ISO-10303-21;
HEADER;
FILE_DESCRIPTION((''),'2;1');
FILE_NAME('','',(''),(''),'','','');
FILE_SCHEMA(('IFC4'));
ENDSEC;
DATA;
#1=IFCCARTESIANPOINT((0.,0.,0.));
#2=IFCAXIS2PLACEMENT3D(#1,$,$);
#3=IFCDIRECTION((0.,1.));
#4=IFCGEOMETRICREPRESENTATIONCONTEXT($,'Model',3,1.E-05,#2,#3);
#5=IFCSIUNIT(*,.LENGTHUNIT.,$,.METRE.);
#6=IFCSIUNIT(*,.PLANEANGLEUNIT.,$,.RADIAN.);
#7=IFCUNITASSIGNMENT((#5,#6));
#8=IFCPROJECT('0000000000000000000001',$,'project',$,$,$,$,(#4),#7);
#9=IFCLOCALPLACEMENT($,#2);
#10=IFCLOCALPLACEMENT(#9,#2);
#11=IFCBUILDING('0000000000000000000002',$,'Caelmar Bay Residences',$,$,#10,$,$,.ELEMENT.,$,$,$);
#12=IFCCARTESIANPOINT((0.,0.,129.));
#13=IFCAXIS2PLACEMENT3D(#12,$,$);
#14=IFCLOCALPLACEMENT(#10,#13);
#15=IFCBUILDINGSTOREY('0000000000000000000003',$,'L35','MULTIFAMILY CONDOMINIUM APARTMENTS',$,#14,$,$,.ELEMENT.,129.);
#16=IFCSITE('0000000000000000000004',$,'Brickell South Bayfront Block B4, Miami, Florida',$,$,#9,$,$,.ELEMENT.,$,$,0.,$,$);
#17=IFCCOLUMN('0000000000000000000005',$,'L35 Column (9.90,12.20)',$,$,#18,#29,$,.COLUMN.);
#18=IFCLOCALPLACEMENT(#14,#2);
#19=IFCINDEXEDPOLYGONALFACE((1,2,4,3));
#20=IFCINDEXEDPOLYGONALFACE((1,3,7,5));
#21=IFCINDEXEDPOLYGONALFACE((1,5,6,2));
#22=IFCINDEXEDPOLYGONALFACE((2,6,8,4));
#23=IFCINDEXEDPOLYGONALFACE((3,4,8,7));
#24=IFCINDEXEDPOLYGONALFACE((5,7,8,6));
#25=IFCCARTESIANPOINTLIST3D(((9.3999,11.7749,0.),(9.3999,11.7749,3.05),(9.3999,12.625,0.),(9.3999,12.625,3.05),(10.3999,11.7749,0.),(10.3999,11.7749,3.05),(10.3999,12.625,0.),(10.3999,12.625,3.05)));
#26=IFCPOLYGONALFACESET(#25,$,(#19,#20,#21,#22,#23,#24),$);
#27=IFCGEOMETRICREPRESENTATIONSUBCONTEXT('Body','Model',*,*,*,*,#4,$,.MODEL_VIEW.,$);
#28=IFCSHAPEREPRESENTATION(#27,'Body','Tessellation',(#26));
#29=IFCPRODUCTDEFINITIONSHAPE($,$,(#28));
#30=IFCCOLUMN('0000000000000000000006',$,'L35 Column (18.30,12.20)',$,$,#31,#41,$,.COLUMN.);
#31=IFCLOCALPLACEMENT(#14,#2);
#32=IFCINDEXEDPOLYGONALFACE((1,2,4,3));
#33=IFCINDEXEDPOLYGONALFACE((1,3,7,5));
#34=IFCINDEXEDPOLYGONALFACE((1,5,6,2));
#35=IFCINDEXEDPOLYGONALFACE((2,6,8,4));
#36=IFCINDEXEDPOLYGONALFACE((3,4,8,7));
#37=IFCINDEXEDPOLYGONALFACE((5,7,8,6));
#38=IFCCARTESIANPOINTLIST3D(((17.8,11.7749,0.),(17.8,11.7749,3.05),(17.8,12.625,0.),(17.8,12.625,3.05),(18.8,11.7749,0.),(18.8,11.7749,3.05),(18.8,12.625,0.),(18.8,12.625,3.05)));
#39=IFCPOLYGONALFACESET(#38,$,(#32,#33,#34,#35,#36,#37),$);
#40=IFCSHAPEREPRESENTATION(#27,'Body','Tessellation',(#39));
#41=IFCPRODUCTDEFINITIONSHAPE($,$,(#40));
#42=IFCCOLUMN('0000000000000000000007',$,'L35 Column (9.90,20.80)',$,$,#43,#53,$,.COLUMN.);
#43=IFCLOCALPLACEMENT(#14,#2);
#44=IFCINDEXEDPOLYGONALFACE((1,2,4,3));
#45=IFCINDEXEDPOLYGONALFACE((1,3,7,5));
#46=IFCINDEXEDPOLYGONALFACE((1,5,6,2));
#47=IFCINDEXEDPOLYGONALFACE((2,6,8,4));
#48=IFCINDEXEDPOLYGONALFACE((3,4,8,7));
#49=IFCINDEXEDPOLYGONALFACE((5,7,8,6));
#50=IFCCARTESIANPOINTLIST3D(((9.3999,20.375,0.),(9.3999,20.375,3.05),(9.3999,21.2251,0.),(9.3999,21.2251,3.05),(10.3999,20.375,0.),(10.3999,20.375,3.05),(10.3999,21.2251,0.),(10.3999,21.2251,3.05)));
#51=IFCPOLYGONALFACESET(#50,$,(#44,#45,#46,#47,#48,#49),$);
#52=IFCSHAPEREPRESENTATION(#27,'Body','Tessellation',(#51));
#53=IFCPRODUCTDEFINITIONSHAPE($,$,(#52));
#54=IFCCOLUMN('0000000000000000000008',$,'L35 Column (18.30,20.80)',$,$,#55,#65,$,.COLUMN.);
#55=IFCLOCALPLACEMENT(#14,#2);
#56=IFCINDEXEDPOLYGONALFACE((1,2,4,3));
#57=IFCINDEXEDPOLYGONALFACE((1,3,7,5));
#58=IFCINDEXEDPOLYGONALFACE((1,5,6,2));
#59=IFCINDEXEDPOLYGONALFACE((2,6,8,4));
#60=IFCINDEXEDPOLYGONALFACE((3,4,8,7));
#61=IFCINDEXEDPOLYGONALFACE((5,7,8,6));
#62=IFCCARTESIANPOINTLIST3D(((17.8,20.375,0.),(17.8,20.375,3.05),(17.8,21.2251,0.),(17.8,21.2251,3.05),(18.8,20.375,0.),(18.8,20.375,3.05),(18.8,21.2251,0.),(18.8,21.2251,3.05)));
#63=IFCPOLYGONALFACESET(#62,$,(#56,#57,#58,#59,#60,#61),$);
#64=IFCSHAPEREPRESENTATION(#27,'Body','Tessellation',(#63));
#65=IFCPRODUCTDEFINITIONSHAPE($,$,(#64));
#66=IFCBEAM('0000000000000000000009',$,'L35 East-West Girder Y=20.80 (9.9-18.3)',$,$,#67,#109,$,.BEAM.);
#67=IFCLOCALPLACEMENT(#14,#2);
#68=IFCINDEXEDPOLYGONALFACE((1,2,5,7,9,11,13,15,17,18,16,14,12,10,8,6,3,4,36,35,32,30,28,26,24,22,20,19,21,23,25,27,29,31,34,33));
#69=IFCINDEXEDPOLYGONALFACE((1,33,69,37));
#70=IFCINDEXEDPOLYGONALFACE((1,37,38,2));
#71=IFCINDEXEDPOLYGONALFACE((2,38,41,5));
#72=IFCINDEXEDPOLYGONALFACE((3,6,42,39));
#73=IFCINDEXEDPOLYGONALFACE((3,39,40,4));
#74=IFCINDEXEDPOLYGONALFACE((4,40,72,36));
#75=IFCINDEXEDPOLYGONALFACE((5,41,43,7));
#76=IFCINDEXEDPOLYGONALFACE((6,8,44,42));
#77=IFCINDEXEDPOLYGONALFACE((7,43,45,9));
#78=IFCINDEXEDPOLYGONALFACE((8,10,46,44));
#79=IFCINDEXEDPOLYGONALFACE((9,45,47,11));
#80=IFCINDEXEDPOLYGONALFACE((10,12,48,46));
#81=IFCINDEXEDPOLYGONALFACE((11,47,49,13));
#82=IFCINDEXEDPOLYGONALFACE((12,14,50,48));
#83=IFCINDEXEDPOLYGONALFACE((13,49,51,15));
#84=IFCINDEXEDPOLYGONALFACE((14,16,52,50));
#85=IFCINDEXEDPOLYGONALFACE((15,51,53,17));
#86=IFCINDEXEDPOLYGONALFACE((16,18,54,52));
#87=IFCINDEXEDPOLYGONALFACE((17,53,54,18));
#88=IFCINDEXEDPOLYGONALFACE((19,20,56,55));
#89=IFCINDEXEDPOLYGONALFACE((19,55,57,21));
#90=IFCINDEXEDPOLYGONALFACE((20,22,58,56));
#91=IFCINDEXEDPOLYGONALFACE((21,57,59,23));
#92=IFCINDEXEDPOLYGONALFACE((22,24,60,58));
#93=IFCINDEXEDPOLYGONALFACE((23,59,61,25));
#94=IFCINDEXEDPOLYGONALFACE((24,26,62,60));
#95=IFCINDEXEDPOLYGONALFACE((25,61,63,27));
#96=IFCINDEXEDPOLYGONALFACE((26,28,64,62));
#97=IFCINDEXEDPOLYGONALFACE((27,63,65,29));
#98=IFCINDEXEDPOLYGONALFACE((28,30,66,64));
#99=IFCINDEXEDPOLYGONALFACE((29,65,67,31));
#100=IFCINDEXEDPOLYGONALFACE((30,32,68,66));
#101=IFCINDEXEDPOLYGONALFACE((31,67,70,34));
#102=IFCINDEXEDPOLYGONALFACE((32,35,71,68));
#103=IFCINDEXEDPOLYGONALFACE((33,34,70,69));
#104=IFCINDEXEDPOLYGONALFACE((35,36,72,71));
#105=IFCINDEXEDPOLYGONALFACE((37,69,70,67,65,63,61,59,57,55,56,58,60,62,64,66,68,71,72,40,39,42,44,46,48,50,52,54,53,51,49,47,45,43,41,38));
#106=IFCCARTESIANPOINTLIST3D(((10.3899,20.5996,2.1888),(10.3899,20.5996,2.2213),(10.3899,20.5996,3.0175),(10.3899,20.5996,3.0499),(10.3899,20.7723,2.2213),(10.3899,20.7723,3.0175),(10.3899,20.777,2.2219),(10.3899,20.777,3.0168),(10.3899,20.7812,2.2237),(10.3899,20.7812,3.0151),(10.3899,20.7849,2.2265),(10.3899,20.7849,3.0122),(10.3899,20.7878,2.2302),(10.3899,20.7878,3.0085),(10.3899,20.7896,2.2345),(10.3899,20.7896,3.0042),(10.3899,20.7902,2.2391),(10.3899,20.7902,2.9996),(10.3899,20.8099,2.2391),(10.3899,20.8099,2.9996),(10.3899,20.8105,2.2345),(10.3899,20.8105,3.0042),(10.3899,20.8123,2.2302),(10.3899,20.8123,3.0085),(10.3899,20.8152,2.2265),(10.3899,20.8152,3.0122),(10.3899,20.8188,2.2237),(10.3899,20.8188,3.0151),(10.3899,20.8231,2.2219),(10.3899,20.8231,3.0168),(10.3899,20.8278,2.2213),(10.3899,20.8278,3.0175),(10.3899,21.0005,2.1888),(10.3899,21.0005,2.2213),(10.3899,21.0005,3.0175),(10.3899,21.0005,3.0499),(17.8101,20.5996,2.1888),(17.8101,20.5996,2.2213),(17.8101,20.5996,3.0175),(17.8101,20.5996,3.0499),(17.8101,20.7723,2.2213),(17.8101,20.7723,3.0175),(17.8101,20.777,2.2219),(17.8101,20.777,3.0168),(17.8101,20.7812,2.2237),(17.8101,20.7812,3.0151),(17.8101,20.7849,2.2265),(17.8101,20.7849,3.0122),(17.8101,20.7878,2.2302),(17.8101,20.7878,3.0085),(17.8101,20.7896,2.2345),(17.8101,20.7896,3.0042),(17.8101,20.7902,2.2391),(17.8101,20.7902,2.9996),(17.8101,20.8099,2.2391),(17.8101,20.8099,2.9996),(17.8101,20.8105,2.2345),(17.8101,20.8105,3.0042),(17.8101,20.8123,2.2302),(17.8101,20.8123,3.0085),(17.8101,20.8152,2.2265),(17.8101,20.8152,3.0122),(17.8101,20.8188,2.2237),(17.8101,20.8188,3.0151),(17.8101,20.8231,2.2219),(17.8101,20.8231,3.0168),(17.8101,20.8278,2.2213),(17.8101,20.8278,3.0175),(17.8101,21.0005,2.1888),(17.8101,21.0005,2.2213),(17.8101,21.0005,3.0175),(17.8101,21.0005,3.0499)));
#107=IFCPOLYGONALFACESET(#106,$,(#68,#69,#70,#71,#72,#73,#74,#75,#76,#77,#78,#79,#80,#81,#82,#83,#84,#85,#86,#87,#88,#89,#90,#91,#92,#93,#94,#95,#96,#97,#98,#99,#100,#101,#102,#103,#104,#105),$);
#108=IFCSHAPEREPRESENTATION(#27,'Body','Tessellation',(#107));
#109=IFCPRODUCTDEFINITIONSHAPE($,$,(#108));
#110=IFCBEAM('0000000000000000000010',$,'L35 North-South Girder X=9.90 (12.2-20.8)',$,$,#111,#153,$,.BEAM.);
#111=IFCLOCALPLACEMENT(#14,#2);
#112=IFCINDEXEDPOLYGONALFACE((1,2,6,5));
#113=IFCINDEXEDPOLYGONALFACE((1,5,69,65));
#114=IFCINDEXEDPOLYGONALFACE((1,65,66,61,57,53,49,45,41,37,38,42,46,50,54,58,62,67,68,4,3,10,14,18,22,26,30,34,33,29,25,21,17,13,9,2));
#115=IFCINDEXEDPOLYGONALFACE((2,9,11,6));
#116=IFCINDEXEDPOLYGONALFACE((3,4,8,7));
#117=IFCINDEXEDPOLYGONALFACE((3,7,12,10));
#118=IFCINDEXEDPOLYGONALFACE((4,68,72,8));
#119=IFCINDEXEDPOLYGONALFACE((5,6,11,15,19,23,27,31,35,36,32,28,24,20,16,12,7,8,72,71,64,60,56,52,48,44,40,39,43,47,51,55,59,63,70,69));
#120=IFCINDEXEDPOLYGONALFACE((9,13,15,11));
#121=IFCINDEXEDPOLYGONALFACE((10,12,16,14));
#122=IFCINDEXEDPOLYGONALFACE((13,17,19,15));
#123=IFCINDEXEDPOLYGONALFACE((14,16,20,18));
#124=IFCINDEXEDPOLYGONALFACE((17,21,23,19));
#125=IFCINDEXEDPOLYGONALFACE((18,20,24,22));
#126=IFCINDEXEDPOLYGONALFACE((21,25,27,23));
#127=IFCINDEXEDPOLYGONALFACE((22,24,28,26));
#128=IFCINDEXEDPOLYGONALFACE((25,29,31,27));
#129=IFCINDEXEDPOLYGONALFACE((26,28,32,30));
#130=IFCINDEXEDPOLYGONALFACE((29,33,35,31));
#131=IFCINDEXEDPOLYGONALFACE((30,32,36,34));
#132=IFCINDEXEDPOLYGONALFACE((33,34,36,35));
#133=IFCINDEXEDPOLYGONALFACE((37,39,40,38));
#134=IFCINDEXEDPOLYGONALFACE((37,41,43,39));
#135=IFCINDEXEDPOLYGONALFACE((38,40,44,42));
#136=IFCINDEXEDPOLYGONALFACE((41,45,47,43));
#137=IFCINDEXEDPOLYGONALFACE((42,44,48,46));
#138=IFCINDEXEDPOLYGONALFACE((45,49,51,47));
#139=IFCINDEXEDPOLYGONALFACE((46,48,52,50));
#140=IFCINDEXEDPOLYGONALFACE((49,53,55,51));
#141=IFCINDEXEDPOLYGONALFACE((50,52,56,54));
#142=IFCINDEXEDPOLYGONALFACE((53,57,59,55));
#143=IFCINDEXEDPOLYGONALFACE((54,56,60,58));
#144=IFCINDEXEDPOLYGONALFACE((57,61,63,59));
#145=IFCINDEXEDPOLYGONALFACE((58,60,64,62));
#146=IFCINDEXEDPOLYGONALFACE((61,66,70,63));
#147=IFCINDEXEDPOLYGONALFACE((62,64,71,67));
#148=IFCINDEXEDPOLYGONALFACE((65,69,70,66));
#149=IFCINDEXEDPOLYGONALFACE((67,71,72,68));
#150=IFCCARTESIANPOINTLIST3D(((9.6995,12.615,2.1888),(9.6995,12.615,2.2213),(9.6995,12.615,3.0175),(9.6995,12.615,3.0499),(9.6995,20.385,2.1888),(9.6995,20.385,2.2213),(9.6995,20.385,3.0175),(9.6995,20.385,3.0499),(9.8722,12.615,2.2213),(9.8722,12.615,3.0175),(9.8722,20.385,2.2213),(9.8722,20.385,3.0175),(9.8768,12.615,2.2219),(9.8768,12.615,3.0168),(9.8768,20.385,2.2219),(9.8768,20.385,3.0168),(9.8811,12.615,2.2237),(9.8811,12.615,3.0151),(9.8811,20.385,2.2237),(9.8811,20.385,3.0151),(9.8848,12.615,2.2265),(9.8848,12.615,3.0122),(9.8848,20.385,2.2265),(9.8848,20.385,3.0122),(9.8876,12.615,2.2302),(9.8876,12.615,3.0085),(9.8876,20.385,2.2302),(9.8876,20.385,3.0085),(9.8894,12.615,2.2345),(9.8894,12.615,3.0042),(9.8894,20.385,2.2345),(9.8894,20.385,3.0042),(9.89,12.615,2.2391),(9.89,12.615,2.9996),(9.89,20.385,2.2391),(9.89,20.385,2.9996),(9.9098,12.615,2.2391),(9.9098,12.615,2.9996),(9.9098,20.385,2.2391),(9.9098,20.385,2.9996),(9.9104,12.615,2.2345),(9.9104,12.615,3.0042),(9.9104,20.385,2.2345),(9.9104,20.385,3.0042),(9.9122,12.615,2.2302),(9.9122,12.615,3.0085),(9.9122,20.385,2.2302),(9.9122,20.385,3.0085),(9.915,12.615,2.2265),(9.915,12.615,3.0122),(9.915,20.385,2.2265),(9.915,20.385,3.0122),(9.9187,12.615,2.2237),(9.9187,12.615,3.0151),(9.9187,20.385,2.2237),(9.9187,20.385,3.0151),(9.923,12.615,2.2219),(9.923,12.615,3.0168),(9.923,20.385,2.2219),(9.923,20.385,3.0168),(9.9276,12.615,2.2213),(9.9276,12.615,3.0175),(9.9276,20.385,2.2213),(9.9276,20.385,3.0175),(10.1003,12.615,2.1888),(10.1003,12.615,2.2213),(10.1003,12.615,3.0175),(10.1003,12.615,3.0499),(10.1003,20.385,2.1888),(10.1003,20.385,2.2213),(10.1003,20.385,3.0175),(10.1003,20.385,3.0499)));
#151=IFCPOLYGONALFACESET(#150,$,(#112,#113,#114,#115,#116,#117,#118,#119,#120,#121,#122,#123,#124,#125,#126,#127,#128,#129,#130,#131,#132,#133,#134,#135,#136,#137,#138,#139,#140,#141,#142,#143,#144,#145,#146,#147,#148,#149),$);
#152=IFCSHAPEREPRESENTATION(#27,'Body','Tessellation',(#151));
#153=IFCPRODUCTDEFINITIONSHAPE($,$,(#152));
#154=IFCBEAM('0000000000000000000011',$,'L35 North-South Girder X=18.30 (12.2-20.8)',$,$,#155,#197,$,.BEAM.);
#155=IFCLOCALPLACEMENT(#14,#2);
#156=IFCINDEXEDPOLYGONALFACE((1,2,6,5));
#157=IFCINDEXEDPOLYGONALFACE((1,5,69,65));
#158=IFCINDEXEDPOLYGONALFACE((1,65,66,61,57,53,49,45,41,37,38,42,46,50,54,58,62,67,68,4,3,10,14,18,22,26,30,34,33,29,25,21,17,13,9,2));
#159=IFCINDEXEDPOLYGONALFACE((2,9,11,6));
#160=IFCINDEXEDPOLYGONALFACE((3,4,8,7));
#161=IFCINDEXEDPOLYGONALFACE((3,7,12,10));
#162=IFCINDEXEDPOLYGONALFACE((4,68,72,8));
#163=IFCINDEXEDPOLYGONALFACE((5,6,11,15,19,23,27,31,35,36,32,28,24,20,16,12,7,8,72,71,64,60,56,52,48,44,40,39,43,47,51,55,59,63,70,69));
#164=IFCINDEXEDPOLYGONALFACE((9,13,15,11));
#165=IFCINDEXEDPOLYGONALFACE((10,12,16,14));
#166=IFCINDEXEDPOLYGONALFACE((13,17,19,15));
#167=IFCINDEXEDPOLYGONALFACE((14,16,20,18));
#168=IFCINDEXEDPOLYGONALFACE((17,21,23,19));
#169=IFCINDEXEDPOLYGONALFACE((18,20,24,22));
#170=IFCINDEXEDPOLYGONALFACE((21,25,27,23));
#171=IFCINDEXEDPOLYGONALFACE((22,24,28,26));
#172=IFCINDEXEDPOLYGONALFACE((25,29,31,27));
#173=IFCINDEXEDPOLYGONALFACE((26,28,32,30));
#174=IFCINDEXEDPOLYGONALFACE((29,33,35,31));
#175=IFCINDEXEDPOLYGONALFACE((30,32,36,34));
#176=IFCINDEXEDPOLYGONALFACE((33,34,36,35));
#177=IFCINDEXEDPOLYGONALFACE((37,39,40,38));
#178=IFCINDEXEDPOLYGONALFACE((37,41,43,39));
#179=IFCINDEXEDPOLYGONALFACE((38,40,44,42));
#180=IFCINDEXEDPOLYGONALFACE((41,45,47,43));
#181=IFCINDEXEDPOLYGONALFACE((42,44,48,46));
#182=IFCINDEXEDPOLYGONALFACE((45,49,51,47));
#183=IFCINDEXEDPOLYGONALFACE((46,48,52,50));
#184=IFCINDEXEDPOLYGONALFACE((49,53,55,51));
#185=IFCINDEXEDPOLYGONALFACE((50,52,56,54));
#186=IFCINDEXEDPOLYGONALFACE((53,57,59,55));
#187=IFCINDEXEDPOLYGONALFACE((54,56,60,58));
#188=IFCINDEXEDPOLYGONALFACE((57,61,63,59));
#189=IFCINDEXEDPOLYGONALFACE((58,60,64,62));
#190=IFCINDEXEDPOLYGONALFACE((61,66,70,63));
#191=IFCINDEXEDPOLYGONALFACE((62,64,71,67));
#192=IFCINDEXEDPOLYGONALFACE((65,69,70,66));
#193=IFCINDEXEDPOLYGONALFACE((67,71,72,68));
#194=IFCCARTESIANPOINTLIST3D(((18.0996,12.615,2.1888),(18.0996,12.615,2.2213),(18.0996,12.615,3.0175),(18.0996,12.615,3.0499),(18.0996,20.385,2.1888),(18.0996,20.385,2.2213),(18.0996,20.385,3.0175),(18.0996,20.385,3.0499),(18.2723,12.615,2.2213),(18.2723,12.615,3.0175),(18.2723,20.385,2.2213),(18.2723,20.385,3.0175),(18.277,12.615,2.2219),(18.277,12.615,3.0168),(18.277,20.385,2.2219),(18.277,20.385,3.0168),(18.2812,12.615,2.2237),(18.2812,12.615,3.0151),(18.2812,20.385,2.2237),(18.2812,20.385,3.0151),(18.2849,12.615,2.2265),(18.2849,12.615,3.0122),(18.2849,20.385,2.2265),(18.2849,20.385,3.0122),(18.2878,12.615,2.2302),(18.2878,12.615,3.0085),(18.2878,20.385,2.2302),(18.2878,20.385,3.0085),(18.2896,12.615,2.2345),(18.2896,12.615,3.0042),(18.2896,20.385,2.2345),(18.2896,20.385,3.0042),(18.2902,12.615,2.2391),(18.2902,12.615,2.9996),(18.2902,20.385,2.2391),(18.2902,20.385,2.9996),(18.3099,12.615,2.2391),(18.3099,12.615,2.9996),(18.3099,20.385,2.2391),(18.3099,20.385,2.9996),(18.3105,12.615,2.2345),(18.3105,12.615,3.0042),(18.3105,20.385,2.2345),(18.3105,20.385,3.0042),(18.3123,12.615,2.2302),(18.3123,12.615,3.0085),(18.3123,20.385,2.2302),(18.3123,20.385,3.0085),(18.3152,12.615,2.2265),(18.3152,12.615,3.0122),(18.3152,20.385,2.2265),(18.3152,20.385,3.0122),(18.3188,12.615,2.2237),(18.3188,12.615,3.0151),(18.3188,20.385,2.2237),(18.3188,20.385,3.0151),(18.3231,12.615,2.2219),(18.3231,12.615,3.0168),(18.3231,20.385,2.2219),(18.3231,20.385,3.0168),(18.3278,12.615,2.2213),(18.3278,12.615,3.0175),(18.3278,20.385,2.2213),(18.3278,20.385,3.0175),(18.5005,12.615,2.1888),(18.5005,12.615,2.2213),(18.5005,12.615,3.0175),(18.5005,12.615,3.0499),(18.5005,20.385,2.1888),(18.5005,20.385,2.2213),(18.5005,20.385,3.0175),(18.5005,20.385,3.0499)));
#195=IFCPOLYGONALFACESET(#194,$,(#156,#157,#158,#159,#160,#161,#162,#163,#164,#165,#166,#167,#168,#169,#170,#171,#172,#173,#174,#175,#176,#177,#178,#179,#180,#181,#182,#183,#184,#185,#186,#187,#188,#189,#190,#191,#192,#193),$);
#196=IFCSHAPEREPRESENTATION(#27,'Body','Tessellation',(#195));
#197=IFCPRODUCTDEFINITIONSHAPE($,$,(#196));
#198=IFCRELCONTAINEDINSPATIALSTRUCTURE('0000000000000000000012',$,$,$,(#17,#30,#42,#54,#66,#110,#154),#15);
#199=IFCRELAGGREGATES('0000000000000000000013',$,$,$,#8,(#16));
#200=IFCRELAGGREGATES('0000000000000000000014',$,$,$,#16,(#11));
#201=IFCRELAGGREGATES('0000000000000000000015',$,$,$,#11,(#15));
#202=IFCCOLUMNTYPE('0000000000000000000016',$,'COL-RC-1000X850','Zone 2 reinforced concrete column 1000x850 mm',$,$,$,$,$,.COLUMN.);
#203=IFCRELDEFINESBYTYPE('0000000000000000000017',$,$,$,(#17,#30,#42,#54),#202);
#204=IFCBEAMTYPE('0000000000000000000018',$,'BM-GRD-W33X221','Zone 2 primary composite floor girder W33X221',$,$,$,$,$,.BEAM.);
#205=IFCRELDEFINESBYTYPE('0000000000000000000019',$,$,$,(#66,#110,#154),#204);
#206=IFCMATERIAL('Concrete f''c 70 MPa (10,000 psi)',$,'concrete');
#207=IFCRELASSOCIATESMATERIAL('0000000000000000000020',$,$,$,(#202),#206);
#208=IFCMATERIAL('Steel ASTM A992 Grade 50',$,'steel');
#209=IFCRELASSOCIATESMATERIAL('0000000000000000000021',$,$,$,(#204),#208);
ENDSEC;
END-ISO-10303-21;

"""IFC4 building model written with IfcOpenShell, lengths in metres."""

from ifc_helpers import new_model, si_unit, direction, frame, origin, origin_2d, place, context, subcontext, project, spatial, rectangle, i_section, extrude, material, material_profile, profile_set, type_object, element, save


model = new_model("IFC4")

# Units and contexts
model_context = context("Model", 3, precision=1e-05, world=origin(), true_north=direction((0.0, 1.0)))
body_context = subcontext(model_context, "Body", "Model", "MODEL_VIEW")
ifc_project = project(units=[si_unit("LENGTHUNIT", "METRE"), si_unit("PLANEANGLEUNIT", "RADIAN")], contexts=[model_context])

# Site, building, storey
site_placement = place(None, origin())
site = spatial("IfcSite", under=ifc_project, at=site_placement, Name="Brickell South Bayfront Block B4, Miami, Florida", CompositionType="ELEMENT", RefElevation=0.0)
building_placement = place(site_placement, origin())
building = spatial("IfcBuilding", under=site, at=building_placement, Name="Caelmar Bay Residences", CompositionType="ELEMENT")
storey_placement = place(building_placement, frame((0.0, 0.0, 129.0)))
storey = spatial("IfcBuildingStorey", under=building, at=storey_placement, Name="L35", Description="MULTIFAMILY CONDOMINIUM APARTMENTS", CompositionType="ELEMENT", Elevation=129.0)

# Columns
ifc_material_1 = material(Name="Concrete f'c 70 MPa (10,000 psi)", Category="concrete")
ifc_material_profile_1 = material_profile(ifc_material_1, rectangle(XDim=1.0, YDim=0.8501, at=origin_2d()), Name="RC-COL-1000X850")
ifc_profile_set_1 = profile_set([ifc_material_profile_1], Name="Concrete f'c 70 MPa (10,000 psi)")
column_type = type_object("IfcColumnType", Name="COL-RC-1000X850", Description="Zone 2 reinforced concrete column 1000x850 mm", PredefinedType="COLUMN", material=ifc_profile_set_1)
for number, where, z_axis, x_axis, name in (
    (1, (9.8999, 12.2, 0.0), (0.0, 0.0, 1.0), (1.0, 0.0, 0.0), "L35 Column (9.90,12.20)"),
    (2, (18.3, 12.2, 0.0), (0.0, 0.0, 1.0), (1.0, 0.0, 0.0), "L35 Column (18.30,12.20)"),
    (3, (9.8999, 20.8, 0.0), (0.0, 0.0, 1.0), (1.0, 0.0, 0.0), "L35 Column (9.90,20.80)"),
    (4, (18.3, 20.8, 0.0), (0.0, 0.0, 1.0), (1.0, 0.0, 0.0), "L35 Column (18.30,20.80)"),
):
    element("IfcColumn", number, at=place(storey_placement, frame(where, z_axis=z_axis, x_axis=x_axis)), inside=storey, type_object=column_type, Name=name, PredefinedType="COLUMN", context=body_context, shape_type="SweptSolid", body=[
        extrude(rectangle(XDim=1.0, YDim=0.8501, at=origin_2d()), origin(), (0.0, 0.0, 1.0), 3.05),
    ])

# Beams
ifc_material_2 = material(Name="Steel ASTM A992 Grade 50", Category="steel")
ifc_material_profile_2 = material_profile(ifc_material_2, i_section(OverallWidth=0.4009, OverallDepth=0.8611, WebThickness=0.0198, FlangeThickness=0.0325, FilletRadius=0.0178, at=origin_2d()), Name="W33X221")
ifc_profile_set_2 = profile_set([ifc_material_profile_2], Name="Steel ASTM A992 Grade 50")
beam_type_1 = type_object("IfcBeamType", Name="BM-GRD-W33X221", Description="Zone 2 primary composite floor girder W33X221", PredefinedType="BEAM", material=ifc_profile_set_2)
beam_1_placement = place(storey_placement, frame((10.3899, 20.8, 2.6194), z_axis=(1.0, 0.0, 0.0), x_axis=(0.0, 1.0, 0.0)))
element("IfcBeam", 5, at=beam_1_placement, inside=storey, type_object=beam_type_1, Name="L35 East-West Girder Y=20.80 (9.9-18.3)", PredefinedType="BEAM", context=body_context, shape_type="SweptSolid", body=[
    extrude(i_section(OverallWidth=0.4009, OverallDepth=0.8611, WebThickness=0.0198, FlangeThickness=0.0325, FilletRadius=0.0178, at=origin_2d()), origin(), (0.0, 0.0, 1.0), 7.4202),
])
for number, where, z_axis, x_axis, name in (
    (6, (9.8999, 12.615, 2.6194), (0.0, 1.0, 0.0), (-1.0, 0.0, 0.0), "L35 North-South Girder X=9.90 (12.2-20.8)"),
    (7, (18.3, 12.615, 2.6194), (0.0, 1.0, 0.0), (-1.0, 0.0, 0.0), "L35 North-South Girder X=18.30 (12.2-20.8)"),
):
    element("IfcBeam", number, at=place(storey_placement, frame(where, z_axis=z_axis, x_axis=x_axis)), inside=storey, type_object=beam_type_1, Name=name, PredefinedType="BEAM", context=body_context, shape_type="SweptSolid", body=[
        extrude(i_section(OverallWidth=0.4009, OverallDepth=0.8611, WebThickness=0.0198, FlangeThickness=0.0325, FilletRadius=0.0178, at=origin_2d()), origin(), (0.0, 0.0, 1.0), 7.77),
    ])

save(model, "model.ifc")
